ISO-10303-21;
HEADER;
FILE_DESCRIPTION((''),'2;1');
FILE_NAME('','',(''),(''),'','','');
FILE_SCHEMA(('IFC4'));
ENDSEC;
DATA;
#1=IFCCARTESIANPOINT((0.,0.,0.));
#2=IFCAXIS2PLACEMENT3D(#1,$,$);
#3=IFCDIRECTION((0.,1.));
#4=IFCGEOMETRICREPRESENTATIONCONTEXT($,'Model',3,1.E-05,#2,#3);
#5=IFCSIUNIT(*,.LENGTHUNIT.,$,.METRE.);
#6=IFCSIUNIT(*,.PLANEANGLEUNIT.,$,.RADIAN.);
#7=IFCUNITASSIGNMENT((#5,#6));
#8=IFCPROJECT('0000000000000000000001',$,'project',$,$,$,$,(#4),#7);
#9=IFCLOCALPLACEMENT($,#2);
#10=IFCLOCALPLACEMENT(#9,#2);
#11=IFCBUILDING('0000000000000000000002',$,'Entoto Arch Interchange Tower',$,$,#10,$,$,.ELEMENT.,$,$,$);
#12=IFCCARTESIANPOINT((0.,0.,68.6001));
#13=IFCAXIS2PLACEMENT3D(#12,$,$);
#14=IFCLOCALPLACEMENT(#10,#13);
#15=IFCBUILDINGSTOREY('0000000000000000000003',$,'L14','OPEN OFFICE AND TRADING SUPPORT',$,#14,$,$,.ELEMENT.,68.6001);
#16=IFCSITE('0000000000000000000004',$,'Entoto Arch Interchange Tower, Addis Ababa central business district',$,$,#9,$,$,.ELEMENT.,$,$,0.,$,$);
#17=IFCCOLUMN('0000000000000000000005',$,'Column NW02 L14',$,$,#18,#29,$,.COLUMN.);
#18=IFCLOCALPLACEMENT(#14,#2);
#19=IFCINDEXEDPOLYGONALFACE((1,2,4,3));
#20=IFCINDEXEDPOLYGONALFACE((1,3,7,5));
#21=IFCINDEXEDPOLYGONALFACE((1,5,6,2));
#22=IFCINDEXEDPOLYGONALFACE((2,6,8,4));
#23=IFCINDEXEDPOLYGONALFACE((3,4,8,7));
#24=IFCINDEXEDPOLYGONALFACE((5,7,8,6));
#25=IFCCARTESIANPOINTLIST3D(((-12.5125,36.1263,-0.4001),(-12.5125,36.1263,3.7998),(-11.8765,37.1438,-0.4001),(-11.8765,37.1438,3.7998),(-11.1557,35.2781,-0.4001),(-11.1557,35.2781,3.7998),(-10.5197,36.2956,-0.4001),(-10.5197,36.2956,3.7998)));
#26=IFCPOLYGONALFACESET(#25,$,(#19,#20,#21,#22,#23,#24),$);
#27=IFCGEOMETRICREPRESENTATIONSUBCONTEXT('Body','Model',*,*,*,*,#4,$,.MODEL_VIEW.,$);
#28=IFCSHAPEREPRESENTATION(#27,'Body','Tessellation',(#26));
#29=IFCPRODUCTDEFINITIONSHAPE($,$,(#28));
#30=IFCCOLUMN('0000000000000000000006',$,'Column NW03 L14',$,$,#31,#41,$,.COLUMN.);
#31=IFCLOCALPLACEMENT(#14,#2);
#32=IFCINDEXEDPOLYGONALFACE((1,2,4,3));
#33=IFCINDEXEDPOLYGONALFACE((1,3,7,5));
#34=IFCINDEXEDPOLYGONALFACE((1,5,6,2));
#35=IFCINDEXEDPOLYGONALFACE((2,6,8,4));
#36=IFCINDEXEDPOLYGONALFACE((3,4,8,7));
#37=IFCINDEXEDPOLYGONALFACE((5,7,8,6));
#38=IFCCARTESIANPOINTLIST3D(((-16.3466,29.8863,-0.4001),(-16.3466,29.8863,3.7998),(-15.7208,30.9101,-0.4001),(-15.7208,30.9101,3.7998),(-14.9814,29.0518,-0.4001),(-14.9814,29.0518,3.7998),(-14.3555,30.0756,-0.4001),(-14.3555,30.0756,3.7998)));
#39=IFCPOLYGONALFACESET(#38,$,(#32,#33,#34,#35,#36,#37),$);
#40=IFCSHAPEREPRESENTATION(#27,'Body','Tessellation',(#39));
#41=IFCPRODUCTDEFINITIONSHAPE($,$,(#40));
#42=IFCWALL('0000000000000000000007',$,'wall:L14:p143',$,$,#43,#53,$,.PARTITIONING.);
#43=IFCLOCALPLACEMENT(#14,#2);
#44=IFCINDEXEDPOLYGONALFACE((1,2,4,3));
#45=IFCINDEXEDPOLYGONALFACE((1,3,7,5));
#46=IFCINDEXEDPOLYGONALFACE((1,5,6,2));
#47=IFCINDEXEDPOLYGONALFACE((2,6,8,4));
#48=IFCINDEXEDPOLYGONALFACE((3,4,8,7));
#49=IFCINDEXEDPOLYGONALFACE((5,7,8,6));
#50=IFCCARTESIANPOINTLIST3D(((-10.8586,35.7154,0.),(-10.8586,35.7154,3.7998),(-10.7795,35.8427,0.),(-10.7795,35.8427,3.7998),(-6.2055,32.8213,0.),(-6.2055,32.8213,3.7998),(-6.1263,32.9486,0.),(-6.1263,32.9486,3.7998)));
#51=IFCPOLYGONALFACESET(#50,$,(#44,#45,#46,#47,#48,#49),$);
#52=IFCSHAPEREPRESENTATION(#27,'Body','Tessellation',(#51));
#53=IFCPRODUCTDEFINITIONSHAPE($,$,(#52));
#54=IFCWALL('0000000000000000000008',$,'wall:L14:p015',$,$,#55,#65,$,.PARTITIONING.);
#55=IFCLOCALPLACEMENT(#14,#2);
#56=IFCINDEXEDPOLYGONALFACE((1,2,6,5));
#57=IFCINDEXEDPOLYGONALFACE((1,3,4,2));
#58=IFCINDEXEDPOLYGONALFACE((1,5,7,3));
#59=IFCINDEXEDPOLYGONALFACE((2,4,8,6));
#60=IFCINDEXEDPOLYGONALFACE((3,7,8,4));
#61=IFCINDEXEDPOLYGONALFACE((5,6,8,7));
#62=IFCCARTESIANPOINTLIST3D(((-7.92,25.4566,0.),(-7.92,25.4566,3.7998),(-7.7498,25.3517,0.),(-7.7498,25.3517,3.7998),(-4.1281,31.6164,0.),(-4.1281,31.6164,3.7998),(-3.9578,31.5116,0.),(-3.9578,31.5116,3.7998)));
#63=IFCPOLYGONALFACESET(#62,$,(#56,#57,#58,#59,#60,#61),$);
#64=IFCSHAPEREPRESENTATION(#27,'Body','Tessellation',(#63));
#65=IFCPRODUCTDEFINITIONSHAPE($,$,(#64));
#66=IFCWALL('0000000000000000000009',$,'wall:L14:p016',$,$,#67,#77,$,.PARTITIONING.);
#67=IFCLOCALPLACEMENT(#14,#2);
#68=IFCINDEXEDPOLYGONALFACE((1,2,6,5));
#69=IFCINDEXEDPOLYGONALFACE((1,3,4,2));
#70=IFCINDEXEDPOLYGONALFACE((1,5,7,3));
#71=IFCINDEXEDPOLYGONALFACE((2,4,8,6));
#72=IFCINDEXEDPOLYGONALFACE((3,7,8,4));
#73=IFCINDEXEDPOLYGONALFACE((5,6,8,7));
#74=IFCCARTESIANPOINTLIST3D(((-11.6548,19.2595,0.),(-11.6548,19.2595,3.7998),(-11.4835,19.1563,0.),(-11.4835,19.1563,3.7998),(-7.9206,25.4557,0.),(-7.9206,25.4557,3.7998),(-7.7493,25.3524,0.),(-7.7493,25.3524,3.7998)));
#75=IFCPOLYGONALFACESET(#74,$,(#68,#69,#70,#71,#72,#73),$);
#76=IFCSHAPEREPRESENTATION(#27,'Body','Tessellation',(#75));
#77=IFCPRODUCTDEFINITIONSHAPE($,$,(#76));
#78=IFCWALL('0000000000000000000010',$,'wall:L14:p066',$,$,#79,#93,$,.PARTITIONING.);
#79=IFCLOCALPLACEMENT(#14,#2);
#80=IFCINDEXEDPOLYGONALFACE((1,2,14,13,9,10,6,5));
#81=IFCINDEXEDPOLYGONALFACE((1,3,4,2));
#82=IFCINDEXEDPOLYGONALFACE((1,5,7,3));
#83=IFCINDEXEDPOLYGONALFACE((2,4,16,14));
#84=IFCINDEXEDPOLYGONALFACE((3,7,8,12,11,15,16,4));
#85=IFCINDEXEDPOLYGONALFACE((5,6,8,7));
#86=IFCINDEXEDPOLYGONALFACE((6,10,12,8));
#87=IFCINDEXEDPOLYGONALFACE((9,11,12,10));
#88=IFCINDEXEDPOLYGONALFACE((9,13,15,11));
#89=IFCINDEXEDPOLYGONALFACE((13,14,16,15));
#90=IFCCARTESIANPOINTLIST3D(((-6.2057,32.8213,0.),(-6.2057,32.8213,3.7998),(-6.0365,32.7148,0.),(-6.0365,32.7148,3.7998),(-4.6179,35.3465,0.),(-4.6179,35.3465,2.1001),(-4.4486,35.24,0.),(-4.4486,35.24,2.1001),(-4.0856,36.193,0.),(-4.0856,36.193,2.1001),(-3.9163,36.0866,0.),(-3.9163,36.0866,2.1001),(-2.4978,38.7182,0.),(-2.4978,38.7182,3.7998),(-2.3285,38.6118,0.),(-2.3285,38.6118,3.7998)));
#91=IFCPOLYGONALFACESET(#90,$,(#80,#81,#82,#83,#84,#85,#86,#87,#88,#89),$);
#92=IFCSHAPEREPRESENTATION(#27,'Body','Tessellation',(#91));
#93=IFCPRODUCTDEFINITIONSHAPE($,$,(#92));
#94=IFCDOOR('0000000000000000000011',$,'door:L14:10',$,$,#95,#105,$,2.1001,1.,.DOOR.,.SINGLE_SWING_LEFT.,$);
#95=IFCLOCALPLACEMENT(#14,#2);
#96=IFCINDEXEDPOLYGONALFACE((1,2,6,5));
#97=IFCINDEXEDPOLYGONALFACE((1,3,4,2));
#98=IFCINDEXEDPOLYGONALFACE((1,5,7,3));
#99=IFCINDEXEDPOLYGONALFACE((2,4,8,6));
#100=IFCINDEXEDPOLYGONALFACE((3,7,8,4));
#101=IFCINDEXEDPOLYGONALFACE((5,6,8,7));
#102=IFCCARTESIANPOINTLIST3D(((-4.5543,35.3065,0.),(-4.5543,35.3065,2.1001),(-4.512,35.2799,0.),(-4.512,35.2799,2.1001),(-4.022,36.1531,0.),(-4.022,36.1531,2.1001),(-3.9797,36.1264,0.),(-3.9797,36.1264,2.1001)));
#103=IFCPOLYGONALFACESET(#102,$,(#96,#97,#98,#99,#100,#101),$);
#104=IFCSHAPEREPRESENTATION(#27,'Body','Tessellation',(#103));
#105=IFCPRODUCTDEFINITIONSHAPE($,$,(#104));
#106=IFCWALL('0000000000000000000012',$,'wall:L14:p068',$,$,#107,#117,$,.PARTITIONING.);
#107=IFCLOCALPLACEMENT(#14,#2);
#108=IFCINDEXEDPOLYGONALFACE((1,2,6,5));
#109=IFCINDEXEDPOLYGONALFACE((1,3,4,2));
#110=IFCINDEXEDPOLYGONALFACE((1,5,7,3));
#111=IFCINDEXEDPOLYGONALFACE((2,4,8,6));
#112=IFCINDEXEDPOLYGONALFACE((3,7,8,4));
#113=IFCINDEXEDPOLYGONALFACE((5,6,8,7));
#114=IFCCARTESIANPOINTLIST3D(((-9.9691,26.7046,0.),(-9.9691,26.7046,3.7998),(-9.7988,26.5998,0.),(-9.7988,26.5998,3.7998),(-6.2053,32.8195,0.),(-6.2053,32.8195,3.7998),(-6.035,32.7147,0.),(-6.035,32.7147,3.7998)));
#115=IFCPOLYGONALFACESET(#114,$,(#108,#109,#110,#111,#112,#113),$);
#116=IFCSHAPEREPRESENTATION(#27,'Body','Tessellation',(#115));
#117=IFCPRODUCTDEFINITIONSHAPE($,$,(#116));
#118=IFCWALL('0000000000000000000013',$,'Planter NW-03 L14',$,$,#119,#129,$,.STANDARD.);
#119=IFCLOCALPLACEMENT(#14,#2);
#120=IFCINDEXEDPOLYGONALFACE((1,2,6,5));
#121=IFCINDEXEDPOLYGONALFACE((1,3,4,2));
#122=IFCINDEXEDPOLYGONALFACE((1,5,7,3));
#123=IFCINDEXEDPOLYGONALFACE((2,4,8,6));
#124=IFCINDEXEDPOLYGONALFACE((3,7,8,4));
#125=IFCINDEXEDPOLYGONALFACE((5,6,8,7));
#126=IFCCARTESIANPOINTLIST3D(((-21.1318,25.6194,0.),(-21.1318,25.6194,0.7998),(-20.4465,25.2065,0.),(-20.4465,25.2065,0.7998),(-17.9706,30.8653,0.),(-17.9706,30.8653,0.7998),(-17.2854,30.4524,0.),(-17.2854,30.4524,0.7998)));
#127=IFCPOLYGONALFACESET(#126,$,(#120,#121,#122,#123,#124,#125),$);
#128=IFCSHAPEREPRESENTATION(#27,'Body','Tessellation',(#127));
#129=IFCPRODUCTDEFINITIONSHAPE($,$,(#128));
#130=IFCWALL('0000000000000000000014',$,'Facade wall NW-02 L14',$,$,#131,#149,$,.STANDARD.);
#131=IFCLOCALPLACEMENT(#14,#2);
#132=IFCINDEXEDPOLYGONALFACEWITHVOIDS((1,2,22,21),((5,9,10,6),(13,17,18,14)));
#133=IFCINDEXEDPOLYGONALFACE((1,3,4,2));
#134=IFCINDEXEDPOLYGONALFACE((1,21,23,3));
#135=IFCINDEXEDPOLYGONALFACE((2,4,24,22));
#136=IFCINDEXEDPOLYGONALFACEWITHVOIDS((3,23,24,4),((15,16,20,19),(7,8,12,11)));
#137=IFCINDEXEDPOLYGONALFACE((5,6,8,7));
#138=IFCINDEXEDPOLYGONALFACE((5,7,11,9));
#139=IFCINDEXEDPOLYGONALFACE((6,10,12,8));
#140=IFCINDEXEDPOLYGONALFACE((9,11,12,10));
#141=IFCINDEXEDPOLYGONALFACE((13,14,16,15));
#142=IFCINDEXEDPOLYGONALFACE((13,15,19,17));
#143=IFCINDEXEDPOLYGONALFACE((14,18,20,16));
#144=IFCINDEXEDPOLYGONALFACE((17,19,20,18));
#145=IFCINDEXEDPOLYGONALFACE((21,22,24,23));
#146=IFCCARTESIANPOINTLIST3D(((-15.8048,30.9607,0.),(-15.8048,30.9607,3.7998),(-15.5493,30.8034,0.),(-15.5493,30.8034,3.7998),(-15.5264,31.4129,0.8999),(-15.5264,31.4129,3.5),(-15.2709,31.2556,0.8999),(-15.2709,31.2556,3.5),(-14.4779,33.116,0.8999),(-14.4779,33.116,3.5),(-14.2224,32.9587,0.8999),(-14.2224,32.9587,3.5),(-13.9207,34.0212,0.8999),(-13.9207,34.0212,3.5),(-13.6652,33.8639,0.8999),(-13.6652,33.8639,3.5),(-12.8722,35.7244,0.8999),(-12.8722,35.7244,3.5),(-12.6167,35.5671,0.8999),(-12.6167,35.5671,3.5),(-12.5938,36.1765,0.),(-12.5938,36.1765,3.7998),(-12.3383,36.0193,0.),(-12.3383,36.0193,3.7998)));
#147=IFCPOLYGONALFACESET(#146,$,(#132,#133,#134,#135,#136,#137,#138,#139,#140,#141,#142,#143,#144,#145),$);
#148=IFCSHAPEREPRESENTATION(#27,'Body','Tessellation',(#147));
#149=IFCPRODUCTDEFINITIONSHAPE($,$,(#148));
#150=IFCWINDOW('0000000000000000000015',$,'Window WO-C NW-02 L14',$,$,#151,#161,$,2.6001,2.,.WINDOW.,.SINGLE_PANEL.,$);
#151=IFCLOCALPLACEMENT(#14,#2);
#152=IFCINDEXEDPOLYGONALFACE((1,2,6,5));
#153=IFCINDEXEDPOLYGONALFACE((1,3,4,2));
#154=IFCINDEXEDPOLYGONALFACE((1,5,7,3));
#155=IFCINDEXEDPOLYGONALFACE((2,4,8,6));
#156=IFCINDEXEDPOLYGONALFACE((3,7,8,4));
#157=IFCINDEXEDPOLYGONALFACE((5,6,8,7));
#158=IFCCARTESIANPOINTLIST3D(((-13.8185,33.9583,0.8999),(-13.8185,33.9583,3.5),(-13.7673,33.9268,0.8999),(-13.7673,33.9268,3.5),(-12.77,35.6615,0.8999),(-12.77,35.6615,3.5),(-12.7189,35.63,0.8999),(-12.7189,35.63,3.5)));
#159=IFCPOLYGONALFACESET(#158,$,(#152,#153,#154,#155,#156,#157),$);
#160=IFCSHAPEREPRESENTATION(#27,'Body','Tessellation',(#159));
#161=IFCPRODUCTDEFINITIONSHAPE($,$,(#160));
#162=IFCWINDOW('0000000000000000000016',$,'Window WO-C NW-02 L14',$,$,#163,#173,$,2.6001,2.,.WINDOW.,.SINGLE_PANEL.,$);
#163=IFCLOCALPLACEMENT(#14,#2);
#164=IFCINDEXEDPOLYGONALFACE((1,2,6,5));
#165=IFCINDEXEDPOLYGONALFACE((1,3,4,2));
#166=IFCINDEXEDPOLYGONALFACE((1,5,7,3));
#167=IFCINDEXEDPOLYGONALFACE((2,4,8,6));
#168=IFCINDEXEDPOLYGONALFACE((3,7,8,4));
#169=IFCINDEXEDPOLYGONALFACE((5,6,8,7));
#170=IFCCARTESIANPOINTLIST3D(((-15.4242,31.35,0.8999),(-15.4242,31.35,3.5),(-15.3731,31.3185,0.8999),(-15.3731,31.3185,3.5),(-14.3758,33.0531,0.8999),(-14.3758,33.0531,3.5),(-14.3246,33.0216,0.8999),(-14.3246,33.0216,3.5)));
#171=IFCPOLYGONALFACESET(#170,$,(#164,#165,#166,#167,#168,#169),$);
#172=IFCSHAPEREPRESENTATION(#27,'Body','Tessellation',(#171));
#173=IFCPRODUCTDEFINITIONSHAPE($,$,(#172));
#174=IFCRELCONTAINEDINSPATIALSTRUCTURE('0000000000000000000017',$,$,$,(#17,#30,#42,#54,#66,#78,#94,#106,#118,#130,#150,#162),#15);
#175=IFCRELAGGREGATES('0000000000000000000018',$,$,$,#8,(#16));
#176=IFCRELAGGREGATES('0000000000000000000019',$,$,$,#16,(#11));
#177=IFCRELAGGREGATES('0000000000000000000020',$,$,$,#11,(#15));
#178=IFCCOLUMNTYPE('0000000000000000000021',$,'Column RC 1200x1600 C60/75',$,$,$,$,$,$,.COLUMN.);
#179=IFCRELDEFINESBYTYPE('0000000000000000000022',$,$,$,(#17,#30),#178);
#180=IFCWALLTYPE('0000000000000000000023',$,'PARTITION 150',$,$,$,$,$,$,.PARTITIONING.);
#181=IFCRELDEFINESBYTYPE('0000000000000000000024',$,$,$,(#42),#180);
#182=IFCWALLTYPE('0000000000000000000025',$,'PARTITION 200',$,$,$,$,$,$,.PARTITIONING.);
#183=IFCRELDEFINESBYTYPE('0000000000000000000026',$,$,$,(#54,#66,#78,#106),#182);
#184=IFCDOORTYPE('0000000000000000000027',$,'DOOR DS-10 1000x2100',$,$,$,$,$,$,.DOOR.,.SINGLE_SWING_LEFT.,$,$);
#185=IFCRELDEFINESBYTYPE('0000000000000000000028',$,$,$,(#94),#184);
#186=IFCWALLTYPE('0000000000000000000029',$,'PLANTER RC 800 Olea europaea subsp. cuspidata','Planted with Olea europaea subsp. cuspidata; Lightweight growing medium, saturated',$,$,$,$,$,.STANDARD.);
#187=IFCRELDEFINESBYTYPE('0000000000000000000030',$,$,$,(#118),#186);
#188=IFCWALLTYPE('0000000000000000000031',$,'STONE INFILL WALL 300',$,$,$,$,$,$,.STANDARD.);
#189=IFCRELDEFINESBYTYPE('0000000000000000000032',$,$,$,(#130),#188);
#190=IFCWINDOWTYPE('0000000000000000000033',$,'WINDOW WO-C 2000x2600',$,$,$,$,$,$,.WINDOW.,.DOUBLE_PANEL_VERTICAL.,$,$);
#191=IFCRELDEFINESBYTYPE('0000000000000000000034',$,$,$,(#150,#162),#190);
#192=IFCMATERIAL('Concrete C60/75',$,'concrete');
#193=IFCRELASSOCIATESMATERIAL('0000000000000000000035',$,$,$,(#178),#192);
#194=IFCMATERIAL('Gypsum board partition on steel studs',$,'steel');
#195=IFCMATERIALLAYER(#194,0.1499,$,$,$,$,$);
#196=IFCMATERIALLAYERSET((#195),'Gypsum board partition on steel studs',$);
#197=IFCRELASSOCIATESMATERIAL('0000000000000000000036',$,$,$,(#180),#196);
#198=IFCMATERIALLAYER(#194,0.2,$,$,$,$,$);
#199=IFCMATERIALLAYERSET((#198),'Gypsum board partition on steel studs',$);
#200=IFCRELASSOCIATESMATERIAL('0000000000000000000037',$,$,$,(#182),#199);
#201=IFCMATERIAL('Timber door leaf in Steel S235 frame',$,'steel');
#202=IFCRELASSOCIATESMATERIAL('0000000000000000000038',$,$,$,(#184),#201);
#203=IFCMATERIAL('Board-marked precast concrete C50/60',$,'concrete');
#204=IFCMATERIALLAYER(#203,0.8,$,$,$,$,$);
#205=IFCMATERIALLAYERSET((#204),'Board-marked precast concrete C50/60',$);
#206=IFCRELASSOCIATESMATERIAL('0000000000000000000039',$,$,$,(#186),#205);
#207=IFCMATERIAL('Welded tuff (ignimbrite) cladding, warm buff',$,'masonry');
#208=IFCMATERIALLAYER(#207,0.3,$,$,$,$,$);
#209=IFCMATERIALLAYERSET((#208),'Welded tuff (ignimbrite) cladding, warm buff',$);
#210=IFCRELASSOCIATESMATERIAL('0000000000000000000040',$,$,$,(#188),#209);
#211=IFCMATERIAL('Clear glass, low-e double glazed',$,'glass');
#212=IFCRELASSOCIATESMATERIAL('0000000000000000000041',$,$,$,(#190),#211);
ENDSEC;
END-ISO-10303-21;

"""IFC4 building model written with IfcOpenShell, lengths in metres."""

from ifc_helpers import new_model, si_unit, direction, frame, frame_2d, origin, origin_2d, place, context, subcontext, project, spatial, rectangle, extrude, material, layer, layer_set, material_profile, profile_set, type_object, element, fill, save


model = new_model("IFC4")

# Units and contexts
model_context = context("Model", 3, precision=1e-05, world=origin(), true_north=direction((0.0, 1.0)))
body_context = subcontext(model_context, "Body", "Model", "MODEL_VIEW")
ifc_project = project(units=[si_unit("LENGTHUNIT", "METRE"), si_unit("PLANEANGLEUNIT", "RADIAN")], contexts=[model_context])

# Site, building, storey
site_placement = place(None, origin())
site = spatial("IfcSite", under=ifc_project, at=site_placement, Name="Entoto Arch Interchange Tower, Addis Ababa central business district", CompositionType="ELEMENT", RefElevation=0.0)
building_placement = place(site_placement, origin())
building = spatial("IfcBuilding", under=site, at=building_placement, Name="Entoto Arch Interchange Tower", CompositionType="ELEMENT")
storey_placement = place(building_placement, frame((0.0, 0.0, 68.6001)))
storey = spatial("IfcBuildingStorey", under=building, at=storey_placement, Name="L14", Description="OPEN OFFICE AND TRADING SUPPORT", CompositionType="ELEMENT", Elevation=68.6001)

# Columns
ifc_material_1 = material(Name="Concrete C60/75", Category="concrete")
ifc_material_profile = material_profile(ifc_material_1, rectangle(XDim=1.2, YDim=1.6001, at=origin_2d()))
ifc_profile_set = profile_set([ifc_material_profile], Name="Concrete C60/75")
column_type = type_object("IfcColumnType", Name="Column RC 1200x1600 C60/75", PredefinedType="COLUMN", material=ifc_profile_set)
for number, where, z_axis, x_axis, name in (
    (1, (-11.5161, 36.2109, -0.4001), (0.0, 0.0, 1.0), (0.530067, 0.847956, 0.0), "Column NW02 L14"),
    (2, (-15.3511, 29.981, -0.4001), (0.0, 0.0, 1.0), (0.521546, 0.853223, 0.0), "Column NW03 L14"),
):
    element("IfcColumn", number, at=place(storey_placement, frame(where, z_axis=z_axis, x_axis=x_axis)), inside=storey, type_object=column_type, Name=name, PredefinedType="COLUMN", context=body_context, shape_type="SweptSolid", body=[
        extrude(rectangle(XDim=1.2, YDim=1.6001, at=origin_2d()), origin(), (0.0, 0.0, 1.0), 4.2),
    ])

# Walls
ifc_material_2 = material(Name="Gypsum board partition on steel studs", Category="steel")
ifc_layer_1 = layer(ifc_material_2, 0.1499)
ifc_layer_set_1 = layer_set([ifc_layer_1], Name="Gypsum board partition on steel studs")
wall_type_1 = type_object("IfcWallType", Name="PARTITION 150", PredefinedType="PARTITIONING", material=ifc_layer_set_1)
wall_1_placement = place(storey_placement, frame((-6.166, 32.885, 0.0), z_axis=(0.0, 0.0, 1.0), x_axis=(-0.849155, 0.528143, 0.0)))
element("IfcWall", 3, at=wall_1_placement, inside=storey, type_object=wall_type_1, Name="wall:L14:p143", PredefinedType="PARTITIONING", context=body_context, shape_type="SweptSolid", body=[
    extrude(rectangle(XDim=5.4797, YDim=0.1499, at=frame_2d((2.7397, 0.0))), origin(), (0.0, 0.0, 1.0), 3.7998),
])
ifc_layer_2 = layer(ifc_material_2, 0.2)
ifc_layer_set_2 = layer_set([ifc_layer_2], Name="Gypsum board partition on steel studs")
wall_type_2 = type_object("IfcWallType", Name="PARTITION 200", PredefinedType="PARTITIONING", material=ifc_layer_set_2)
wall_2_placement = place(storey_placement, frame((-4.043, 31.564, 0.0), z_axis=(0.0, 0.0, 1.0), x_axis=(-0.524225, -0.85158, 0.0)))
element("IfcWall", 4, at=wall_2_placement, inside=storey, type_object=wall_type_2, Name="wall:L14:p015", PredefinedType="PARTITIONING", context=body_context, shape_type="SweptSolid", body=[
    extrude(rectangle(XDim=7.2334, YDim=0.2, at=frame_2d((3.6167, 0.0))), origin(), (0.0, 0.0, 1.0), 3.7998),
])
wall_3_placement = place(storey_placement, frame((-7.835, 25.4041, 0.0), z_axis=(0.0, 0.0, 1.0), x_axis=(-0.516172, -0.856485, 0.0)))
element("IfcWall", 5, at=wall_3_placement, inside=storey, type_object=wall_type_2, Name="wall:L14:p016", PredefinedType="PARTITIONING", context=body_context, shape_type="SweptSolid", body=[
    extrude(rectangle(XDim=7.2344, YDim=0.2, at=frame_2d((3.6172, 0.0))), origin(), (0.0, 0.0, 1.0), 3.7998),
])

# Wall, opening, door
wall_4_placement = place(storey_placement, frame((-6.1211, 32.7681, 0.0), z_axis=(0.0, 0.0, 1.0), x_axis=(0.532309, 0.84655, 0.0)))
wall_4 = element("IfcWall", 6, at=wall_4_placement, inside=storey, type_object=wall_type_2, Name="wall:L14:p066", PredefinedType="PARTITIONING", context=body_context, shape_type="SweptSolid", body=[
    extrude(rectangle(XDim=6.9658, YDim=0.2, at=frame_2d((3.4829, 0.0))), origin(), (0.0, 0.0, 1.0), 3.7998),
])
opening_1_placement = place(wall_4_placement, frame((2.9829, 0.0, 0.0)))
opening_1 = element("IfcOpeningElement", 7, at=opening_1_placement, cuts=wall_4, PredefinedType="OPENING", context=body_context, shape_type="SweptSolid", body=[
    extrude(rectangle(XDim=1.0, YDim=2.1001, at=frame_2d((0.5, 1.05))), frame((0.0, 0.1099, 0.0), z_axis=(0.0, -1.0, 0.0), x_axis=(1.0, 0.0, 0.0)), (0.0, 0.0, 1.0), 0.22),
])
ifc_material_3 = material(Name="Timber door leaf in Steel S235 frame", Category="steel")
door_type_1 = type_object("IfcDoorType", Name="DOOR DS-10 1000x2100", OperationType="SINGLE_SWING_LEFT", PredefinedType="DOOR", material=ifc_material_3)
door_1_placement = place(opening_1_placement, origin())
door_1 = element("IfcDoor", 8, at=door_1_placement, inside=storey, type_object=door_type_1, Name="door:L14:10", OperationType="SINGLE_SWING_LEFT", OverallHeight=2.1001, OverallWidth=1.0, PredefinedType="DOOR", context=body_context, shape_type="SweptSolid", body=[
    extrude(rectangle(XDim=1.0, YDim=2.1001, at=frame_2d((0.5, 1.05))), frame((0.0, 0.0249, 0.0), z_axis=(0.0, -1.0, 0.0), x_axis=(1.0, 0.0, 0.0)), (0.0, 0.0, 1.0), 0.05),
])
fill(opening_1, door_1)

# Walls
wall_5_placement = place(storey_placement, frame((-9.884, 26.6521, 0.0), z_axis=(0.0, 0.0, 1.0), x_axis=(0.524183, 0.851606, 0.0)))
element("IfcWall", 9, at=wall_5_placement, inside=storey, type_object=wall_type_2, Name="wall:L14:p068", PredefinedType="PARTITIONING", context=body_context, shape_type="SweptSolid", body=[
    extrude(rectangle(XDim=7.1804, YDim=0.2, at=frame_2d((3.5903, 0.0))), origin(), (0.0, 0.0, 1.0), 3.7998),
])
ifc_material_4 = material(Name="Board-marked precast concrete C50/60", Category="concrete")
ifc_layer_3 = layer(ifc_material_4, 0.8)
ifc_layer_set_3 = layer_set([ifc_layer_3], Name="Board-marked precast concrete C50/60")
wall_type_3 = type_object("IfcWallType", Name="PLANTER RC 800 Olea europaea subsp. cuspidata", Description="Planted with Olea europaea subsp. cuspidata; Lightweight growing medium, saturated", PredefinedType="STANDARD", material=ifc_layer_set_3)
wall_6_placement = place(storey_placement, frame((-17.6279, 30.6589, 0.0), z_axis=(0.0, 0.0, 1.0), x_axis=(-0.51613, -0.85651, 0.0)))
element("IfcWall", 10, at=wall_6_placement, inside=storey, type_object=wall_type_3, Name="Planter NW-03 L14", PredefinedType="STANDARD", context=body_context, shape_type="SweptSolid", body=[
    extrude(rectangle(XDim=6.1248, YDim=0.8, at=frame_2d((3.0625, 0.0))), origin(), (0.0, 0.0, 1.0), 0.7998),
])

# Wall, openings, windows
ifc_material_5 = material(Name="Welded tuff (ignimbrite) cladding, warm buff", Category="masonry")
ifc_layer_4 = layer(ifc_material_5, 0.3)
ifc_layer_set_4 = layer_set([ifc_layer_4], Name="Welded tuff (ignimbrite) cladding, warm buff")
wall_type_4 = type_object("IfcWallType", Name="STONE INFILL WALL 300", PredefinedType="STANDARD", material=ifc_layer_set_4)
wall_7_placement = place(storey_placement, frame((-12.4661, 36.0979, 0.0), z_axis=(0.0, 0.0, 1.0), x_axis=(-0.52424, -0.851571, 0.0)))
wall_7 = element("IfcWall", 11, at=wall_7_placement, inside=storey, type_object=wall_type_4, Name="Facade wall NW-02 L14", PredefinedType="STANDARD", context=body_context, shape_type="SweptSolid", body=[
    extrude(rectangle(XDim=6.125, YDim=0.3, at=frame_2d((3.0625, 0.0))), origin(), (0.0, 0.0, 1.0), 3.7998),
])
opening_2_placement = place(wall_7_placement, frame((0.531, 0.0, 0.8999)))
opening_2 = element("IfcOpeningElement", 12, at=opening_2_placement, cuts=wall_7, PredefinedType="OPENING", context=body_context, shape_type="SweptSolid", body=[
    extrude(rectangle(XDim=2.0, YDim=2.6001, at=frame_2d((1.0, 1.3))), frame((0.0, 0.1602, 0.0), z_axis=(0.0, -1.0, 0.0), x_axis=(1.0, 0.0, 0.0)), (0.0, 0.0, 1.0), 0.3201),
])
opening_3_placement = place(wall_7_placement, frame((3.594, 0.0, 0.8999)))
opening_3 = element("IfcOpeningElement", 13, at=opening_3_placement, cuts=wall_7, PredefinedType="OPENING", context=body_context, shape_type="SweptSolid", body=[
    extrude(rectangle(XDim=2.0, YDim=2.6001, at=frame_2d((1.0, 1.3))), frame((0.0, 0.1602, 0.0), z_axis=(0.0, -1.0, 0.0), x_axis=(1.0, 0.0, 0.0)), (0.0, 0.0, 1.0), 0.3201),
])
ifc_material_6 = material(Name="Clear glass, low-e double glazed", Category="glass")
window_type = type_object("IfcWindowType", Name="WINDOW WO-C 2000x2600", PartitioningType="DOUBLE_PANEL_VERTICAL", PredefinedType="WINDOW", material=ifc_material_6)
window_1_placement = place(opening_2_placement, origin())
window_1 = element("IfcWindow", 14, at=window_1_placement, inside=storey, type_object=window_type, Name="Window WO-C NW-02 L14", OverallHeight=2.6001, OverallWidth=2.0, PartitioningType="SINGLE_PANEL", PredefinedType="WINDOW", context=body_context, shape_type="SweptSolid", body=[
    extrude(rectangle(XDim=2.0, YDim=2.6001, at=frame_2d((1.0, 1.3))), frame((0.0, 0.03, 0.0), z_axis=(0.0, -1.0, 0.0), x_axis=(1.0, 0.0, 0.0)), (0.0, 0.0, 1.0), 0.0601),
])
fill(opening_2, window_1)
window_2_placement = place(opening_3_placement, origin())
window_2 = element("IfcWindow", 15, at=window_2_placement, inside=storey, type_object=window_type, Name="Window WO-C NW-02 L14", OverallHeight=2.6001, OverallWidth=2.0, PartitioningType="SINGLE_PANEL", PredefinedType="WINDOW", context=body_context, shape_type="SweptSolid", body=[
    extrude(rectangle(XDim=2.0, YDim=2.6001, at=frame_2d((1.0, 1.3))), frame((0.0, 0.03, 0.0), z_axis=(0.0, -1.0, 0.0), x_axis=(1.0, 0.0, 0.0)), (0.0, 0.0, 1.0), 0.0601),
])
fill(opening_3, window_2)

save(model, "model.ifc")
